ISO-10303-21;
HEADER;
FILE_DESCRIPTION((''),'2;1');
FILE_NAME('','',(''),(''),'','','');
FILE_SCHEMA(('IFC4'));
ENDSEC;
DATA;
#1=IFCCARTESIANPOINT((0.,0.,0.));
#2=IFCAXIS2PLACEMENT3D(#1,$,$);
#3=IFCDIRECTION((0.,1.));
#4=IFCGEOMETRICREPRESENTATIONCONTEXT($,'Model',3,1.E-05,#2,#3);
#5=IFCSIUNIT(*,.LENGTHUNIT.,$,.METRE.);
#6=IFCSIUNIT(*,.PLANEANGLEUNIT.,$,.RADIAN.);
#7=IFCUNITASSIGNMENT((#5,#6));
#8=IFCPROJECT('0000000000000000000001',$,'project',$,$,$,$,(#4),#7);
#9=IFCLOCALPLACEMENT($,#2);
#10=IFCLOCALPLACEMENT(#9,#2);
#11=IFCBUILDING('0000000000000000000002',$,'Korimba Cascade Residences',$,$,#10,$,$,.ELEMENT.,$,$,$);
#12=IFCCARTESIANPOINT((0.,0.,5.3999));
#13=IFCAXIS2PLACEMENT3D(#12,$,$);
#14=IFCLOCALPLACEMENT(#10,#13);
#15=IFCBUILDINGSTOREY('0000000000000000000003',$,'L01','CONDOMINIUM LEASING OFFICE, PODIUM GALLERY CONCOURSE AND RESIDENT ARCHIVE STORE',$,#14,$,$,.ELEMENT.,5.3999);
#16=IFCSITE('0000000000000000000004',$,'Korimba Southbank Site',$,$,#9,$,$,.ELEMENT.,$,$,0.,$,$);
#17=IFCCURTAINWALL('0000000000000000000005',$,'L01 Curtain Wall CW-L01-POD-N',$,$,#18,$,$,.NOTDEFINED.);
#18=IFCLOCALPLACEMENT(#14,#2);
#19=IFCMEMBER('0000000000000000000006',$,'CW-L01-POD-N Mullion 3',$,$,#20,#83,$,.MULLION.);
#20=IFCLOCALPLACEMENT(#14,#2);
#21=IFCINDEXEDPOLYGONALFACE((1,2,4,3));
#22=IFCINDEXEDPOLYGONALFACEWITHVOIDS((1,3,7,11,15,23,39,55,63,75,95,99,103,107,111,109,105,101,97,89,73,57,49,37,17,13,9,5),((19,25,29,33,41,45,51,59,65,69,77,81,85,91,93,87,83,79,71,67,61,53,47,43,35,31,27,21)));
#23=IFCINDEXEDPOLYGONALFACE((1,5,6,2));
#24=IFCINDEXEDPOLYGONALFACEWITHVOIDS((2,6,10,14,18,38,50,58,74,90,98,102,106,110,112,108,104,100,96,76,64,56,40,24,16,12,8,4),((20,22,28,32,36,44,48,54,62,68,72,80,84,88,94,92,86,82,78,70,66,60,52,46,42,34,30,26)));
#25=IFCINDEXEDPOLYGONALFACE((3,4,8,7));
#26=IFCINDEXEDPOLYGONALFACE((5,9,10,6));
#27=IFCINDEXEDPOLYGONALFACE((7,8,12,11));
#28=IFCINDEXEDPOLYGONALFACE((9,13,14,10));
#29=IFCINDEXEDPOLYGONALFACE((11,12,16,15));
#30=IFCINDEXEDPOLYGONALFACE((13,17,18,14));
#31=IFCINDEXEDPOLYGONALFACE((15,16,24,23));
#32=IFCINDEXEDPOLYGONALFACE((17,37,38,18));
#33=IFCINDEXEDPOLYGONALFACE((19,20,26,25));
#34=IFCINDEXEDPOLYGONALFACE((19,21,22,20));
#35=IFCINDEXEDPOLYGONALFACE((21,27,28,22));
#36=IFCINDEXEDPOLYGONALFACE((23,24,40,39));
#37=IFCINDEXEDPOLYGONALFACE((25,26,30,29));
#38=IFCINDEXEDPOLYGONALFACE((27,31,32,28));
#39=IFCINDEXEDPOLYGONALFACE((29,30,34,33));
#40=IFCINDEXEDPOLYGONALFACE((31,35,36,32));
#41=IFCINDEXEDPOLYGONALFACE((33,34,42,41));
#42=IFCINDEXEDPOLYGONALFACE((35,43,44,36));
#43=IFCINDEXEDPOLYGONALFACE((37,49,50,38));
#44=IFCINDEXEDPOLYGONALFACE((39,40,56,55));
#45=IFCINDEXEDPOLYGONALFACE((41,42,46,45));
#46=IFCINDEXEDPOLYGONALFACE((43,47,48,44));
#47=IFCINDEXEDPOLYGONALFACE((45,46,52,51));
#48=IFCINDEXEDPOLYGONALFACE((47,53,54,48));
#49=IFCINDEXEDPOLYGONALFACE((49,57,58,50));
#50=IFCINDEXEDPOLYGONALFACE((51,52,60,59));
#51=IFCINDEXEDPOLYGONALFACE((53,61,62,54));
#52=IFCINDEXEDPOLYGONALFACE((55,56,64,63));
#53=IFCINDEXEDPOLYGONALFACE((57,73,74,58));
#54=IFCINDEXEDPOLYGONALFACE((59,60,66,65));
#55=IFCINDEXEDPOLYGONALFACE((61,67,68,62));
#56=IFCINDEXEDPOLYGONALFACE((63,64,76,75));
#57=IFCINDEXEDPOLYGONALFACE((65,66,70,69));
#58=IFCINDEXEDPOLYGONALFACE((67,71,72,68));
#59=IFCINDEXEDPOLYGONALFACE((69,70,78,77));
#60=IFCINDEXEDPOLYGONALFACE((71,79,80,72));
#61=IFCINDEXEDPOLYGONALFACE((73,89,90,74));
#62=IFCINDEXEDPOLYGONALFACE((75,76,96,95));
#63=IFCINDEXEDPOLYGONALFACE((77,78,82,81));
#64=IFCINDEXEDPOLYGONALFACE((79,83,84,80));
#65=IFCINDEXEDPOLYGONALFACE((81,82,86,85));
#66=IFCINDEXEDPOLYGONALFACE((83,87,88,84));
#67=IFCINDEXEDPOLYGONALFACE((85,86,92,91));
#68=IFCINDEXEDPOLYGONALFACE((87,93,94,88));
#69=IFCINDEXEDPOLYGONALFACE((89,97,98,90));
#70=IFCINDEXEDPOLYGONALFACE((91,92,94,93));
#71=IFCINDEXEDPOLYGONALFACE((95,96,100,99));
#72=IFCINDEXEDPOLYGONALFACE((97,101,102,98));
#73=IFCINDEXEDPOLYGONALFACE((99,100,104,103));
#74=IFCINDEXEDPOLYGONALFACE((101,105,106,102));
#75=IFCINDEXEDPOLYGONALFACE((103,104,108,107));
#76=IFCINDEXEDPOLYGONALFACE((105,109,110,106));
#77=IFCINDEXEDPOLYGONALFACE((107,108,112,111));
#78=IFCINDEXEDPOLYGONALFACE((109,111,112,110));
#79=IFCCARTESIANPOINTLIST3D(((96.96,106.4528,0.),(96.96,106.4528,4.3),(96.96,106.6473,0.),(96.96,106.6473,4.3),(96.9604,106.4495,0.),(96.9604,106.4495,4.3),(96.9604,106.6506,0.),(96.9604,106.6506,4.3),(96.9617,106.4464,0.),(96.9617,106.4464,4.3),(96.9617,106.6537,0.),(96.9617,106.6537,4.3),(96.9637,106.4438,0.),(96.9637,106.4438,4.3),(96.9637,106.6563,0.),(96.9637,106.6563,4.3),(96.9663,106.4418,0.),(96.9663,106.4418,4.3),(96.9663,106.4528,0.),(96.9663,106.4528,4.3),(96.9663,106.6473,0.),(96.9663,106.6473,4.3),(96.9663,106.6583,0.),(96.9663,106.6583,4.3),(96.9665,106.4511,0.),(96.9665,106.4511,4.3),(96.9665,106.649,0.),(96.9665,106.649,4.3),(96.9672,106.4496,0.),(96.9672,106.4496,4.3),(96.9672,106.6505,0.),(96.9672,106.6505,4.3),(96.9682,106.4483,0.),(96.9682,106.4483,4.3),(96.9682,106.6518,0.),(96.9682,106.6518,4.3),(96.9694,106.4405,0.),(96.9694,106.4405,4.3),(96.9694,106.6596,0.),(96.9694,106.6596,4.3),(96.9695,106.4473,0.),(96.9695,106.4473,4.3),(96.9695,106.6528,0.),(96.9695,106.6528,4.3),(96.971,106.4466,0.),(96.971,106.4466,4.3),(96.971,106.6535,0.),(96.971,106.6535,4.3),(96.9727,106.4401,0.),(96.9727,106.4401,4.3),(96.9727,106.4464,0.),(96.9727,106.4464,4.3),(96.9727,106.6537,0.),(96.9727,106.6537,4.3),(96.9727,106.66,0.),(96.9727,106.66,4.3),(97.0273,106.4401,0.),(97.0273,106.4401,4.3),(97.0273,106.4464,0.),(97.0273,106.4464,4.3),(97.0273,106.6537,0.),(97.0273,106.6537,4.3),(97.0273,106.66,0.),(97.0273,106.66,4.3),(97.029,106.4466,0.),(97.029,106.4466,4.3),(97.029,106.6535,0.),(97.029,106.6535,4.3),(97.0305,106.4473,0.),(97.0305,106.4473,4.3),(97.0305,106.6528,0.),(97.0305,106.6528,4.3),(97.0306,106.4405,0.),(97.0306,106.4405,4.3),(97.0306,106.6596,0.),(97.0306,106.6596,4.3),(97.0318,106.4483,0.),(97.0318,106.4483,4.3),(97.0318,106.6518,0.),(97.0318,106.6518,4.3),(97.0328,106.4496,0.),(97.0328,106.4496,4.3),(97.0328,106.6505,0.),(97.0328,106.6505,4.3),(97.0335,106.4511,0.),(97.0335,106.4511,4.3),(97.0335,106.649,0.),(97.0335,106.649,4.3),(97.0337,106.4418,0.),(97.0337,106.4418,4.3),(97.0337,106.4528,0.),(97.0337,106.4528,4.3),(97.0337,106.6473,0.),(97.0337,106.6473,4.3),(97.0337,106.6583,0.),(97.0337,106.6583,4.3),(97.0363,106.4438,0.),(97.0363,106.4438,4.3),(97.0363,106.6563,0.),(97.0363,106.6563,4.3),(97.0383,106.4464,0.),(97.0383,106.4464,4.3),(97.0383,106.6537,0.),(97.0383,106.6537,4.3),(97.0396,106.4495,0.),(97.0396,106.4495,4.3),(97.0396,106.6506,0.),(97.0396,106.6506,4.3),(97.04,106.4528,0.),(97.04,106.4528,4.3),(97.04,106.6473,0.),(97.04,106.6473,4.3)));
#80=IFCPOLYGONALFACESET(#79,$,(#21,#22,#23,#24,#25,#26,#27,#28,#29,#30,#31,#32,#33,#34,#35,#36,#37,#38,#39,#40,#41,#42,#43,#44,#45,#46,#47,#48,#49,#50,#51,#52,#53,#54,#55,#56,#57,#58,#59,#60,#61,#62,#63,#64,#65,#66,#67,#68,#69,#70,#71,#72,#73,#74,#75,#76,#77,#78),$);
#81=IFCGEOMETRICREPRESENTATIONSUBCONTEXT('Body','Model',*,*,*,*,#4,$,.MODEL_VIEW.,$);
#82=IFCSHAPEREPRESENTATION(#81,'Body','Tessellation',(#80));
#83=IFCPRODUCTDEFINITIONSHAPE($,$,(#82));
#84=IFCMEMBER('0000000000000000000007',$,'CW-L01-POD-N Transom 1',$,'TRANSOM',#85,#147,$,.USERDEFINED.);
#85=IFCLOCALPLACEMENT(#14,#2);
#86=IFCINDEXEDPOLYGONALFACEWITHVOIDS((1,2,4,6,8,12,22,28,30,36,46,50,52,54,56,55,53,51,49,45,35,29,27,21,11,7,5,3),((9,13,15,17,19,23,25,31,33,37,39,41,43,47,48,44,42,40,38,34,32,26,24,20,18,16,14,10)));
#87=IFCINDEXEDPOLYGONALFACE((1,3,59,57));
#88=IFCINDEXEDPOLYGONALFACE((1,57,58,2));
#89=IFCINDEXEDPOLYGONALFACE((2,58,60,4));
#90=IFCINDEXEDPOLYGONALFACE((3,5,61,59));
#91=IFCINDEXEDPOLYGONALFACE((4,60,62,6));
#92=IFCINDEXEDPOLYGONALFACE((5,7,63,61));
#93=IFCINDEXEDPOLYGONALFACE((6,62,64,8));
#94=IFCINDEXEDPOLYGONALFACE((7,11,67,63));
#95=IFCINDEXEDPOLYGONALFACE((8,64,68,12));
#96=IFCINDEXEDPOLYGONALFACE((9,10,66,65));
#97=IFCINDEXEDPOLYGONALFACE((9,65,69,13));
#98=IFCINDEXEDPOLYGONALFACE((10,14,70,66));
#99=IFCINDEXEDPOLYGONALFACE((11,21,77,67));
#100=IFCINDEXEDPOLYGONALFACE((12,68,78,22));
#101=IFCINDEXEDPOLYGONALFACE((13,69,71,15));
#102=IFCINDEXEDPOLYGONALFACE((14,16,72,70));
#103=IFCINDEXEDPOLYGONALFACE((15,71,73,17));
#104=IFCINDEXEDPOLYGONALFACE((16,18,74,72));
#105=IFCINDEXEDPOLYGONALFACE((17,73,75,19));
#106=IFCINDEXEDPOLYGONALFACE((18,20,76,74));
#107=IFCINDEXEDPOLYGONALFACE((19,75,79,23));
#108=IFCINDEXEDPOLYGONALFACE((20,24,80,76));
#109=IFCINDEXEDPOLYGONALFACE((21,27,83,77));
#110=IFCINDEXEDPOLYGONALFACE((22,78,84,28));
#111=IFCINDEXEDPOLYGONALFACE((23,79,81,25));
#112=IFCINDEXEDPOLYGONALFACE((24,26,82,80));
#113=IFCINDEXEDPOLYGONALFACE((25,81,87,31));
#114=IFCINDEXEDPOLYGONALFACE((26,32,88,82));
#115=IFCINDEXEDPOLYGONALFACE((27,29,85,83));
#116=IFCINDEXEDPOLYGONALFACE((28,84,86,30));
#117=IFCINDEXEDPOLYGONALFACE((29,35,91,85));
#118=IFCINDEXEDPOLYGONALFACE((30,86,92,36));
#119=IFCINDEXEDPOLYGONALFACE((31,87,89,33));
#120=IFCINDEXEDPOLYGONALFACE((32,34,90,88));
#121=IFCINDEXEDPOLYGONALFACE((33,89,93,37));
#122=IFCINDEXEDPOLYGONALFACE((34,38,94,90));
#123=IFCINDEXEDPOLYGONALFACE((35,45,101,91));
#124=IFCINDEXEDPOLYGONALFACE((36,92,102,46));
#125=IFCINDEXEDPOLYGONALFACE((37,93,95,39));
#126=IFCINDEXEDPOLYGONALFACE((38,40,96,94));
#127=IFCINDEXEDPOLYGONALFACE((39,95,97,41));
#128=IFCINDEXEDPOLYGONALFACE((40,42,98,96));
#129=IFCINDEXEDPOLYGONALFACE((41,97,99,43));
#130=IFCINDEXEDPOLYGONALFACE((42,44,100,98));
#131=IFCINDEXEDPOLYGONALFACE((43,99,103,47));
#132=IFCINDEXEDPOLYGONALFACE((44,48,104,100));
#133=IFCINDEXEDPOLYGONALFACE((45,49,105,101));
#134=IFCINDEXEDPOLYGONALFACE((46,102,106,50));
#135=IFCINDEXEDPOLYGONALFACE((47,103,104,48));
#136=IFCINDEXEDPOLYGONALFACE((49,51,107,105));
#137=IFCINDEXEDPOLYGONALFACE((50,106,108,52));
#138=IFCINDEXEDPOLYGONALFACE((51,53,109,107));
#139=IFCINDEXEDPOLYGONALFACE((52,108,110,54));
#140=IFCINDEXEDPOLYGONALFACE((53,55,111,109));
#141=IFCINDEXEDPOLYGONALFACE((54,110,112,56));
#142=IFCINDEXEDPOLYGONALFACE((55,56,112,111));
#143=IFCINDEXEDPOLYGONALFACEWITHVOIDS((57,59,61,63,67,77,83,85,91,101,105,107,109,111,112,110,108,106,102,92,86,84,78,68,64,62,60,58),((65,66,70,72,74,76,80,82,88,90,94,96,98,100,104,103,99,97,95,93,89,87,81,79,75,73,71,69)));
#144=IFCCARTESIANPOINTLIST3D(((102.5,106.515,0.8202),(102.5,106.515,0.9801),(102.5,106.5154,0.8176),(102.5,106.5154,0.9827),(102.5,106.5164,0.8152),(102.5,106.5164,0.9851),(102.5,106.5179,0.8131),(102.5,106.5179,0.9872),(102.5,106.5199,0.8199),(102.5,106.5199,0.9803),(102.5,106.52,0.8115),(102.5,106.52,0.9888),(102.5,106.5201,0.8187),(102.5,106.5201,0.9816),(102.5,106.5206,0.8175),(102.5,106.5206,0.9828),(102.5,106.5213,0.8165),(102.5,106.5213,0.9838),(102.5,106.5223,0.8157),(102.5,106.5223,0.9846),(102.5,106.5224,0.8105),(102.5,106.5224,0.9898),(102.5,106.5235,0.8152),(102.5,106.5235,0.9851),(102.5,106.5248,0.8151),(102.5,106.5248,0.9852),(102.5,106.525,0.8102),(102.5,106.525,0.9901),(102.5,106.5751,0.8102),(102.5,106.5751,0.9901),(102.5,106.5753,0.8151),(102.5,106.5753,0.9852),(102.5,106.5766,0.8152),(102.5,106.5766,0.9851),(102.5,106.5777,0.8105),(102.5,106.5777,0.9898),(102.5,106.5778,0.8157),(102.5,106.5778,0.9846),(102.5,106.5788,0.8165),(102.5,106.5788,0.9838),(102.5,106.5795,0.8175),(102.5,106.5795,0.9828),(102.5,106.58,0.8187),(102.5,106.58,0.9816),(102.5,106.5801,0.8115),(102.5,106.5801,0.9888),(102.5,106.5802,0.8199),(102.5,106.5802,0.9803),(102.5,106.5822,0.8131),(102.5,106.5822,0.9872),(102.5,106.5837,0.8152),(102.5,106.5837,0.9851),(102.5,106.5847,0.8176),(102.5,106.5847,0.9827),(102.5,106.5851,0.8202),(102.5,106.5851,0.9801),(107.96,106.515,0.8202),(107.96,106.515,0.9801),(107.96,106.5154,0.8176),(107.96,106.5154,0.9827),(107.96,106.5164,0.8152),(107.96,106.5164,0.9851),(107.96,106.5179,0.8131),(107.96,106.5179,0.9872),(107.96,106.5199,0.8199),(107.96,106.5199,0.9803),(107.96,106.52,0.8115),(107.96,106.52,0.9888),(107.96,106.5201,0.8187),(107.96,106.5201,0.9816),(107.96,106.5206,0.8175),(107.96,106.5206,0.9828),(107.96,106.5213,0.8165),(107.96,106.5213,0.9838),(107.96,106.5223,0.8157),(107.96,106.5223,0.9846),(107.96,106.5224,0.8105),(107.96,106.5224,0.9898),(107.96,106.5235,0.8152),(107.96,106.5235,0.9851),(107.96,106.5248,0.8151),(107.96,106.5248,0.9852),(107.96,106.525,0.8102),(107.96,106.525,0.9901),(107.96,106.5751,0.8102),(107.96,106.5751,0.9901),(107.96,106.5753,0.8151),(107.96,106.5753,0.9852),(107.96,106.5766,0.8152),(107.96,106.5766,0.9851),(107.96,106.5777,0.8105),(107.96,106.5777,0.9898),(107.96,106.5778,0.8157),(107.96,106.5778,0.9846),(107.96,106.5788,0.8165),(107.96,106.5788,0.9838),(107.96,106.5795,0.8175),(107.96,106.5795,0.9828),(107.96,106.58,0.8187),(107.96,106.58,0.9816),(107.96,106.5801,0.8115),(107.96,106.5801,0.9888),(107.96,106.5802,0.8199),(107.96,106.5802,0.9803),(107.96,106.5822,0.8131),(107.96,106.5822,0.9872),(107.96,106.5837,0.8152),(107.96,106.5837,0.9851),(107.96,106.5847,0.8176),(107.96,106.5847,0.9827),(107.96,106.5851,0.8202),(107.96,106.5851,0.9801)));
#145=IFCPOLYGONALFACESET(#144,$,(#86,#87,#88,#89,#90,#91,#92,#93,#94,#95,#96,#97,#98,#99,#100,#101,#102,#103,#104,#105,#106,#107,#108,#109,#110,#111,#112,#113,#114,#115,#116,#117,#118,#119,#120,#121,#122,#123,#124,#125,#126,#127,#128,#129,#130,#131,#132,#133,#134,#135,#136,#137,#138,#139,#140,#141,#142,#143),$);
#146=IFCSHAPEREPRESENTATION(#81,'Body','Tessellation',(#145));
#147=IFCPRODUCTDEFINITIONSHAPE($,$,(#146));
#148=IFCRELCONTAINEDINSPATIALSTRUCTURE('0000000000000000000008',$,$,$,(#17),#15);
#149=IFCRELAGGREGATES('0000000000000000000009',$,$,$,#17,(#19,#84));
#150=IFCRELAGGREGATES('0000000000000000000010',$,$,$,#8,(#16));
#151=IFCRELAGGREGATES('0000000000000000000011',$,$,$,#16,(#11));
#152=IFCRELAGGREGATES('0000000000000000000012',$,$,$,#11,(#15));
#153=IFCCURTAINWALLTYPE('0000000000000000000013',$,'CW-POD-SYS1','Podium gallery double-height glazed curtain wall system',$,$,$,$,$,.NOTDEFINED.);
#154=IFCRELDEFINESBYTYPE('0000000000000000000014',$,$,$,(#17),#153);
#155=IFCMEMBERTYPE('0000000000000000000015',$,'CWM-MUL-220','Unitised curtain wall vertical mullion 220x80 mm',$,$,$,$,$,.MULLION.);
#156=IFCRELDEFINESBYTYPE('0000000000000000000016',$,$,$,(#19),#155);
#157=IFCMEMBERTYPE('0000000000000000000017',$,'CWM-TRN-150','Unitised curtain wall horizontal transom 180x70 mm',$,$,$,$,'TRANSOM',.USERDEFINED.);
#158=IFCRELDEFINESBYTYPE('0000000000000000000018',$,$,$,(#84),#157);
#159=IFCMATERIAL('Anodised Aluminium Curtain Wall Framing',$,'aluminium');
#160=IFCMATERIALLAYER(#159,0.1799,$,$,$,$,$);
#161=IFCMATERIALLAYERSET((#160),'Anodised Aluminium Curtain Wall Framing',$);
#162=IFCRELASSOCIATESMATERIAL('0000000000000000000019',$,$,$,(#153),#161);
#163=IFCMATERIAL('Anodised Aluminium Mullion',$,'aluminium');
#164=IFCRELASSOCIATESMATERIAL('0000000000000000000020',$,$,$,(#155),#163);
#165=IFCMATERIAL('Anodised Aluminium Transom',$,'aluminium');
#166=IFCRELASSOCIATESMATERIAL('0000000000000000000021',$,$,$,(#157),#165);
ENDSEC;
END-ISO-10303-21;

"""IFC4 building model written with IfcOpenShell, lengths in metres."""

from ifc_helpers import new_model, si_unit, direction, frame, origin, origin_2d, place, context, subcontext, project, spatial, hollow_rectangle, extrude, material, layer, layer_set, material_profile, profile_set, type_object, element, aggregate, save


model = new_model("IFC4")

# Units and contexts
model_context = context("Model", 3, precision=1e-05, world=origin(), true_north=direction((0.0, 1.0)))
body_context = subcontext(model_context, "Body", "Model", "MODEL_VIEW")
ifc_project = project(units=[si_unit("LENGTHUNIT", "METRE"), si_unit("PLANEANGLEUNIT", "RADIAN")], contexts=[model_context])

# Site, building, storey
site_placement = place(None, origin())
site = spatial("IfcSite", under=ifc_project, at=site_placement, Name="Korimba Southbank Site", CompositionType="ELEMENT", RefElevation=0.0)
building_placement = place(site_placement, origin())
building = spatial("IfcBuilding", under=site, at=building_placement, Name="Korimba Cascade Residences", CompositionType="ELEMENT")
storey_placement = place(building_placement, frame((0.0, 0.0, 5.3999)))
storey = spatial("IfcBuildingStorey", under=building, at=storey_placement, Name="L01", Description="CONDOMINIUM LEASING OFFICE, PODIUM GALLERY CONCOURSE AND RESIDENT ARCHIVE STORE", CompositionType="ELEMENT", Elevation=5.3999)

# Curtain wall, members
ifc_material_1 = material(Name="Anodised Aluminium Curtain Wall Framing", Category="aluminium")
ifc_layer_1 = layer(ifc_material_1, 0.1799)
ifc_layer_set_1 = layer_set([ifc_layer_1], Name="Anodised Aluminium Curtain Wall Framing")
curtain_wall_type = type_object("IfcCurtainWallType", Name="CW-POD-SYS1", Description="Podium gallery double-height glazed curtain wall system", PredefinedType="NOTDEFINED", material=ifc_layer_set_1)
curtain_wall_placement = place(storey_placement, origin())
curtain_wall = element("IfcCurtainWall", 1, at=curtain_wall_placement, inside=storey, type_object=curtain_wall_type, Name="L01 Curtain Wall CW-L01-POD-N", PredefinedType="NOTDEFINED")
ifc_material_2 = material(Name="Anodised Aluminium Mullion", Category="aluminium")
ifc_material_profile_1 = material_profile(ifc_material_2, hollow_rectangle(XDim=0.0801, YDim=0.22, WallThickness=0.0063, InnerFilletRadius=0.0063, OuterFilletRadius=0.0127, at=origin_2d()), Name="Anodised Aluminium Mullion")
ifc_profile_set_1 = profile_set([ifc_material_profile_1], Name="Anodised Aluminium Mullion")
member_type_1 = type_object("IfcMemberType", Name="CWM-MUL-220", Description="Unitised curtain wall vertical mullion 220x80 mm", PredefinedType="MULLION", material=ifc_profile_set_1)
member_1_placement = place(storey_placement, frame((97.0, 106.55, 0.0), z_axis=(0.0, 0.0, 1.0), x_axis=(-1.0, 0.0, 0.0)))
member_1 = element("IfcMember", 2, at=member_1_placement, type_object=member_type_1, Name="CW-L01-POD-N Mullion 3", PredefinedType="MULLION", context=body_context, shape_type="SweptSolid", body=[
    extrude(hollow_rectangle(XDim=0.0801, YDim=0.22, WallThickness=0.0063, InnerFilletRadius=0.0063, OuterFilletRadius=0.0127, at=origin_2d()), origin(), (0.0, 0.0, 1.0), 4.3),
])
ifc_material_3 = material(Name="Anodised Aluminium Transom", Category="aluminium")
ifc_material_profile_2 = material_profile(ifc_material_3, hollow_rectangle(XDim=0.0701, YDim=0.1799, WallThickness=0.0049, InnerFilletRadius=0.0049, OuterFilletRadius=0.01, at=origin_2d()), Name="Anodised Aluminium Transom")
ifc_profile_set_2 = profile_set([ifc_material_profile_2], Name="Anodised Aluminium Transom")
member_type_2 = type_object("IfcMemberType", Name="CWM-TRN-150", Description="Unitised curtain wall horizontal transom 180x70 mm", ElementType="TRANSOM", PredefinedType="USERDEFINED", material=ifc_profile_set_2)
member_2_placement = place(storey_placement, frame((107.96, 106.55, 0.9001), z_axis=(-1.0, 0.0, 0.0), x_axis=(0.0, -1.0, 0.0)))
member_2 = element("IfcMember", 3, at=member_2_placement, type_object=member_type_2, Name="CW-L01-POD-N Transom 1", ObjectType="TRANSOM", PredefinedType="USERDEFINED", context=body_context, shape_type="SweptSolid", body=[
    extrude(hollow_rectangle(XDim=0.0701, YDim=0.1799, WallThickness=0.0049, InnerFilletRadius=0.0049, OuterFilletRadius=0.01, at=origin_2d()), origin(), (0.0, 0.0, 1.0), 5.46),
])
aggregate(curtain_wall, [member_1, member_2])

save(model, "model.ifc")
